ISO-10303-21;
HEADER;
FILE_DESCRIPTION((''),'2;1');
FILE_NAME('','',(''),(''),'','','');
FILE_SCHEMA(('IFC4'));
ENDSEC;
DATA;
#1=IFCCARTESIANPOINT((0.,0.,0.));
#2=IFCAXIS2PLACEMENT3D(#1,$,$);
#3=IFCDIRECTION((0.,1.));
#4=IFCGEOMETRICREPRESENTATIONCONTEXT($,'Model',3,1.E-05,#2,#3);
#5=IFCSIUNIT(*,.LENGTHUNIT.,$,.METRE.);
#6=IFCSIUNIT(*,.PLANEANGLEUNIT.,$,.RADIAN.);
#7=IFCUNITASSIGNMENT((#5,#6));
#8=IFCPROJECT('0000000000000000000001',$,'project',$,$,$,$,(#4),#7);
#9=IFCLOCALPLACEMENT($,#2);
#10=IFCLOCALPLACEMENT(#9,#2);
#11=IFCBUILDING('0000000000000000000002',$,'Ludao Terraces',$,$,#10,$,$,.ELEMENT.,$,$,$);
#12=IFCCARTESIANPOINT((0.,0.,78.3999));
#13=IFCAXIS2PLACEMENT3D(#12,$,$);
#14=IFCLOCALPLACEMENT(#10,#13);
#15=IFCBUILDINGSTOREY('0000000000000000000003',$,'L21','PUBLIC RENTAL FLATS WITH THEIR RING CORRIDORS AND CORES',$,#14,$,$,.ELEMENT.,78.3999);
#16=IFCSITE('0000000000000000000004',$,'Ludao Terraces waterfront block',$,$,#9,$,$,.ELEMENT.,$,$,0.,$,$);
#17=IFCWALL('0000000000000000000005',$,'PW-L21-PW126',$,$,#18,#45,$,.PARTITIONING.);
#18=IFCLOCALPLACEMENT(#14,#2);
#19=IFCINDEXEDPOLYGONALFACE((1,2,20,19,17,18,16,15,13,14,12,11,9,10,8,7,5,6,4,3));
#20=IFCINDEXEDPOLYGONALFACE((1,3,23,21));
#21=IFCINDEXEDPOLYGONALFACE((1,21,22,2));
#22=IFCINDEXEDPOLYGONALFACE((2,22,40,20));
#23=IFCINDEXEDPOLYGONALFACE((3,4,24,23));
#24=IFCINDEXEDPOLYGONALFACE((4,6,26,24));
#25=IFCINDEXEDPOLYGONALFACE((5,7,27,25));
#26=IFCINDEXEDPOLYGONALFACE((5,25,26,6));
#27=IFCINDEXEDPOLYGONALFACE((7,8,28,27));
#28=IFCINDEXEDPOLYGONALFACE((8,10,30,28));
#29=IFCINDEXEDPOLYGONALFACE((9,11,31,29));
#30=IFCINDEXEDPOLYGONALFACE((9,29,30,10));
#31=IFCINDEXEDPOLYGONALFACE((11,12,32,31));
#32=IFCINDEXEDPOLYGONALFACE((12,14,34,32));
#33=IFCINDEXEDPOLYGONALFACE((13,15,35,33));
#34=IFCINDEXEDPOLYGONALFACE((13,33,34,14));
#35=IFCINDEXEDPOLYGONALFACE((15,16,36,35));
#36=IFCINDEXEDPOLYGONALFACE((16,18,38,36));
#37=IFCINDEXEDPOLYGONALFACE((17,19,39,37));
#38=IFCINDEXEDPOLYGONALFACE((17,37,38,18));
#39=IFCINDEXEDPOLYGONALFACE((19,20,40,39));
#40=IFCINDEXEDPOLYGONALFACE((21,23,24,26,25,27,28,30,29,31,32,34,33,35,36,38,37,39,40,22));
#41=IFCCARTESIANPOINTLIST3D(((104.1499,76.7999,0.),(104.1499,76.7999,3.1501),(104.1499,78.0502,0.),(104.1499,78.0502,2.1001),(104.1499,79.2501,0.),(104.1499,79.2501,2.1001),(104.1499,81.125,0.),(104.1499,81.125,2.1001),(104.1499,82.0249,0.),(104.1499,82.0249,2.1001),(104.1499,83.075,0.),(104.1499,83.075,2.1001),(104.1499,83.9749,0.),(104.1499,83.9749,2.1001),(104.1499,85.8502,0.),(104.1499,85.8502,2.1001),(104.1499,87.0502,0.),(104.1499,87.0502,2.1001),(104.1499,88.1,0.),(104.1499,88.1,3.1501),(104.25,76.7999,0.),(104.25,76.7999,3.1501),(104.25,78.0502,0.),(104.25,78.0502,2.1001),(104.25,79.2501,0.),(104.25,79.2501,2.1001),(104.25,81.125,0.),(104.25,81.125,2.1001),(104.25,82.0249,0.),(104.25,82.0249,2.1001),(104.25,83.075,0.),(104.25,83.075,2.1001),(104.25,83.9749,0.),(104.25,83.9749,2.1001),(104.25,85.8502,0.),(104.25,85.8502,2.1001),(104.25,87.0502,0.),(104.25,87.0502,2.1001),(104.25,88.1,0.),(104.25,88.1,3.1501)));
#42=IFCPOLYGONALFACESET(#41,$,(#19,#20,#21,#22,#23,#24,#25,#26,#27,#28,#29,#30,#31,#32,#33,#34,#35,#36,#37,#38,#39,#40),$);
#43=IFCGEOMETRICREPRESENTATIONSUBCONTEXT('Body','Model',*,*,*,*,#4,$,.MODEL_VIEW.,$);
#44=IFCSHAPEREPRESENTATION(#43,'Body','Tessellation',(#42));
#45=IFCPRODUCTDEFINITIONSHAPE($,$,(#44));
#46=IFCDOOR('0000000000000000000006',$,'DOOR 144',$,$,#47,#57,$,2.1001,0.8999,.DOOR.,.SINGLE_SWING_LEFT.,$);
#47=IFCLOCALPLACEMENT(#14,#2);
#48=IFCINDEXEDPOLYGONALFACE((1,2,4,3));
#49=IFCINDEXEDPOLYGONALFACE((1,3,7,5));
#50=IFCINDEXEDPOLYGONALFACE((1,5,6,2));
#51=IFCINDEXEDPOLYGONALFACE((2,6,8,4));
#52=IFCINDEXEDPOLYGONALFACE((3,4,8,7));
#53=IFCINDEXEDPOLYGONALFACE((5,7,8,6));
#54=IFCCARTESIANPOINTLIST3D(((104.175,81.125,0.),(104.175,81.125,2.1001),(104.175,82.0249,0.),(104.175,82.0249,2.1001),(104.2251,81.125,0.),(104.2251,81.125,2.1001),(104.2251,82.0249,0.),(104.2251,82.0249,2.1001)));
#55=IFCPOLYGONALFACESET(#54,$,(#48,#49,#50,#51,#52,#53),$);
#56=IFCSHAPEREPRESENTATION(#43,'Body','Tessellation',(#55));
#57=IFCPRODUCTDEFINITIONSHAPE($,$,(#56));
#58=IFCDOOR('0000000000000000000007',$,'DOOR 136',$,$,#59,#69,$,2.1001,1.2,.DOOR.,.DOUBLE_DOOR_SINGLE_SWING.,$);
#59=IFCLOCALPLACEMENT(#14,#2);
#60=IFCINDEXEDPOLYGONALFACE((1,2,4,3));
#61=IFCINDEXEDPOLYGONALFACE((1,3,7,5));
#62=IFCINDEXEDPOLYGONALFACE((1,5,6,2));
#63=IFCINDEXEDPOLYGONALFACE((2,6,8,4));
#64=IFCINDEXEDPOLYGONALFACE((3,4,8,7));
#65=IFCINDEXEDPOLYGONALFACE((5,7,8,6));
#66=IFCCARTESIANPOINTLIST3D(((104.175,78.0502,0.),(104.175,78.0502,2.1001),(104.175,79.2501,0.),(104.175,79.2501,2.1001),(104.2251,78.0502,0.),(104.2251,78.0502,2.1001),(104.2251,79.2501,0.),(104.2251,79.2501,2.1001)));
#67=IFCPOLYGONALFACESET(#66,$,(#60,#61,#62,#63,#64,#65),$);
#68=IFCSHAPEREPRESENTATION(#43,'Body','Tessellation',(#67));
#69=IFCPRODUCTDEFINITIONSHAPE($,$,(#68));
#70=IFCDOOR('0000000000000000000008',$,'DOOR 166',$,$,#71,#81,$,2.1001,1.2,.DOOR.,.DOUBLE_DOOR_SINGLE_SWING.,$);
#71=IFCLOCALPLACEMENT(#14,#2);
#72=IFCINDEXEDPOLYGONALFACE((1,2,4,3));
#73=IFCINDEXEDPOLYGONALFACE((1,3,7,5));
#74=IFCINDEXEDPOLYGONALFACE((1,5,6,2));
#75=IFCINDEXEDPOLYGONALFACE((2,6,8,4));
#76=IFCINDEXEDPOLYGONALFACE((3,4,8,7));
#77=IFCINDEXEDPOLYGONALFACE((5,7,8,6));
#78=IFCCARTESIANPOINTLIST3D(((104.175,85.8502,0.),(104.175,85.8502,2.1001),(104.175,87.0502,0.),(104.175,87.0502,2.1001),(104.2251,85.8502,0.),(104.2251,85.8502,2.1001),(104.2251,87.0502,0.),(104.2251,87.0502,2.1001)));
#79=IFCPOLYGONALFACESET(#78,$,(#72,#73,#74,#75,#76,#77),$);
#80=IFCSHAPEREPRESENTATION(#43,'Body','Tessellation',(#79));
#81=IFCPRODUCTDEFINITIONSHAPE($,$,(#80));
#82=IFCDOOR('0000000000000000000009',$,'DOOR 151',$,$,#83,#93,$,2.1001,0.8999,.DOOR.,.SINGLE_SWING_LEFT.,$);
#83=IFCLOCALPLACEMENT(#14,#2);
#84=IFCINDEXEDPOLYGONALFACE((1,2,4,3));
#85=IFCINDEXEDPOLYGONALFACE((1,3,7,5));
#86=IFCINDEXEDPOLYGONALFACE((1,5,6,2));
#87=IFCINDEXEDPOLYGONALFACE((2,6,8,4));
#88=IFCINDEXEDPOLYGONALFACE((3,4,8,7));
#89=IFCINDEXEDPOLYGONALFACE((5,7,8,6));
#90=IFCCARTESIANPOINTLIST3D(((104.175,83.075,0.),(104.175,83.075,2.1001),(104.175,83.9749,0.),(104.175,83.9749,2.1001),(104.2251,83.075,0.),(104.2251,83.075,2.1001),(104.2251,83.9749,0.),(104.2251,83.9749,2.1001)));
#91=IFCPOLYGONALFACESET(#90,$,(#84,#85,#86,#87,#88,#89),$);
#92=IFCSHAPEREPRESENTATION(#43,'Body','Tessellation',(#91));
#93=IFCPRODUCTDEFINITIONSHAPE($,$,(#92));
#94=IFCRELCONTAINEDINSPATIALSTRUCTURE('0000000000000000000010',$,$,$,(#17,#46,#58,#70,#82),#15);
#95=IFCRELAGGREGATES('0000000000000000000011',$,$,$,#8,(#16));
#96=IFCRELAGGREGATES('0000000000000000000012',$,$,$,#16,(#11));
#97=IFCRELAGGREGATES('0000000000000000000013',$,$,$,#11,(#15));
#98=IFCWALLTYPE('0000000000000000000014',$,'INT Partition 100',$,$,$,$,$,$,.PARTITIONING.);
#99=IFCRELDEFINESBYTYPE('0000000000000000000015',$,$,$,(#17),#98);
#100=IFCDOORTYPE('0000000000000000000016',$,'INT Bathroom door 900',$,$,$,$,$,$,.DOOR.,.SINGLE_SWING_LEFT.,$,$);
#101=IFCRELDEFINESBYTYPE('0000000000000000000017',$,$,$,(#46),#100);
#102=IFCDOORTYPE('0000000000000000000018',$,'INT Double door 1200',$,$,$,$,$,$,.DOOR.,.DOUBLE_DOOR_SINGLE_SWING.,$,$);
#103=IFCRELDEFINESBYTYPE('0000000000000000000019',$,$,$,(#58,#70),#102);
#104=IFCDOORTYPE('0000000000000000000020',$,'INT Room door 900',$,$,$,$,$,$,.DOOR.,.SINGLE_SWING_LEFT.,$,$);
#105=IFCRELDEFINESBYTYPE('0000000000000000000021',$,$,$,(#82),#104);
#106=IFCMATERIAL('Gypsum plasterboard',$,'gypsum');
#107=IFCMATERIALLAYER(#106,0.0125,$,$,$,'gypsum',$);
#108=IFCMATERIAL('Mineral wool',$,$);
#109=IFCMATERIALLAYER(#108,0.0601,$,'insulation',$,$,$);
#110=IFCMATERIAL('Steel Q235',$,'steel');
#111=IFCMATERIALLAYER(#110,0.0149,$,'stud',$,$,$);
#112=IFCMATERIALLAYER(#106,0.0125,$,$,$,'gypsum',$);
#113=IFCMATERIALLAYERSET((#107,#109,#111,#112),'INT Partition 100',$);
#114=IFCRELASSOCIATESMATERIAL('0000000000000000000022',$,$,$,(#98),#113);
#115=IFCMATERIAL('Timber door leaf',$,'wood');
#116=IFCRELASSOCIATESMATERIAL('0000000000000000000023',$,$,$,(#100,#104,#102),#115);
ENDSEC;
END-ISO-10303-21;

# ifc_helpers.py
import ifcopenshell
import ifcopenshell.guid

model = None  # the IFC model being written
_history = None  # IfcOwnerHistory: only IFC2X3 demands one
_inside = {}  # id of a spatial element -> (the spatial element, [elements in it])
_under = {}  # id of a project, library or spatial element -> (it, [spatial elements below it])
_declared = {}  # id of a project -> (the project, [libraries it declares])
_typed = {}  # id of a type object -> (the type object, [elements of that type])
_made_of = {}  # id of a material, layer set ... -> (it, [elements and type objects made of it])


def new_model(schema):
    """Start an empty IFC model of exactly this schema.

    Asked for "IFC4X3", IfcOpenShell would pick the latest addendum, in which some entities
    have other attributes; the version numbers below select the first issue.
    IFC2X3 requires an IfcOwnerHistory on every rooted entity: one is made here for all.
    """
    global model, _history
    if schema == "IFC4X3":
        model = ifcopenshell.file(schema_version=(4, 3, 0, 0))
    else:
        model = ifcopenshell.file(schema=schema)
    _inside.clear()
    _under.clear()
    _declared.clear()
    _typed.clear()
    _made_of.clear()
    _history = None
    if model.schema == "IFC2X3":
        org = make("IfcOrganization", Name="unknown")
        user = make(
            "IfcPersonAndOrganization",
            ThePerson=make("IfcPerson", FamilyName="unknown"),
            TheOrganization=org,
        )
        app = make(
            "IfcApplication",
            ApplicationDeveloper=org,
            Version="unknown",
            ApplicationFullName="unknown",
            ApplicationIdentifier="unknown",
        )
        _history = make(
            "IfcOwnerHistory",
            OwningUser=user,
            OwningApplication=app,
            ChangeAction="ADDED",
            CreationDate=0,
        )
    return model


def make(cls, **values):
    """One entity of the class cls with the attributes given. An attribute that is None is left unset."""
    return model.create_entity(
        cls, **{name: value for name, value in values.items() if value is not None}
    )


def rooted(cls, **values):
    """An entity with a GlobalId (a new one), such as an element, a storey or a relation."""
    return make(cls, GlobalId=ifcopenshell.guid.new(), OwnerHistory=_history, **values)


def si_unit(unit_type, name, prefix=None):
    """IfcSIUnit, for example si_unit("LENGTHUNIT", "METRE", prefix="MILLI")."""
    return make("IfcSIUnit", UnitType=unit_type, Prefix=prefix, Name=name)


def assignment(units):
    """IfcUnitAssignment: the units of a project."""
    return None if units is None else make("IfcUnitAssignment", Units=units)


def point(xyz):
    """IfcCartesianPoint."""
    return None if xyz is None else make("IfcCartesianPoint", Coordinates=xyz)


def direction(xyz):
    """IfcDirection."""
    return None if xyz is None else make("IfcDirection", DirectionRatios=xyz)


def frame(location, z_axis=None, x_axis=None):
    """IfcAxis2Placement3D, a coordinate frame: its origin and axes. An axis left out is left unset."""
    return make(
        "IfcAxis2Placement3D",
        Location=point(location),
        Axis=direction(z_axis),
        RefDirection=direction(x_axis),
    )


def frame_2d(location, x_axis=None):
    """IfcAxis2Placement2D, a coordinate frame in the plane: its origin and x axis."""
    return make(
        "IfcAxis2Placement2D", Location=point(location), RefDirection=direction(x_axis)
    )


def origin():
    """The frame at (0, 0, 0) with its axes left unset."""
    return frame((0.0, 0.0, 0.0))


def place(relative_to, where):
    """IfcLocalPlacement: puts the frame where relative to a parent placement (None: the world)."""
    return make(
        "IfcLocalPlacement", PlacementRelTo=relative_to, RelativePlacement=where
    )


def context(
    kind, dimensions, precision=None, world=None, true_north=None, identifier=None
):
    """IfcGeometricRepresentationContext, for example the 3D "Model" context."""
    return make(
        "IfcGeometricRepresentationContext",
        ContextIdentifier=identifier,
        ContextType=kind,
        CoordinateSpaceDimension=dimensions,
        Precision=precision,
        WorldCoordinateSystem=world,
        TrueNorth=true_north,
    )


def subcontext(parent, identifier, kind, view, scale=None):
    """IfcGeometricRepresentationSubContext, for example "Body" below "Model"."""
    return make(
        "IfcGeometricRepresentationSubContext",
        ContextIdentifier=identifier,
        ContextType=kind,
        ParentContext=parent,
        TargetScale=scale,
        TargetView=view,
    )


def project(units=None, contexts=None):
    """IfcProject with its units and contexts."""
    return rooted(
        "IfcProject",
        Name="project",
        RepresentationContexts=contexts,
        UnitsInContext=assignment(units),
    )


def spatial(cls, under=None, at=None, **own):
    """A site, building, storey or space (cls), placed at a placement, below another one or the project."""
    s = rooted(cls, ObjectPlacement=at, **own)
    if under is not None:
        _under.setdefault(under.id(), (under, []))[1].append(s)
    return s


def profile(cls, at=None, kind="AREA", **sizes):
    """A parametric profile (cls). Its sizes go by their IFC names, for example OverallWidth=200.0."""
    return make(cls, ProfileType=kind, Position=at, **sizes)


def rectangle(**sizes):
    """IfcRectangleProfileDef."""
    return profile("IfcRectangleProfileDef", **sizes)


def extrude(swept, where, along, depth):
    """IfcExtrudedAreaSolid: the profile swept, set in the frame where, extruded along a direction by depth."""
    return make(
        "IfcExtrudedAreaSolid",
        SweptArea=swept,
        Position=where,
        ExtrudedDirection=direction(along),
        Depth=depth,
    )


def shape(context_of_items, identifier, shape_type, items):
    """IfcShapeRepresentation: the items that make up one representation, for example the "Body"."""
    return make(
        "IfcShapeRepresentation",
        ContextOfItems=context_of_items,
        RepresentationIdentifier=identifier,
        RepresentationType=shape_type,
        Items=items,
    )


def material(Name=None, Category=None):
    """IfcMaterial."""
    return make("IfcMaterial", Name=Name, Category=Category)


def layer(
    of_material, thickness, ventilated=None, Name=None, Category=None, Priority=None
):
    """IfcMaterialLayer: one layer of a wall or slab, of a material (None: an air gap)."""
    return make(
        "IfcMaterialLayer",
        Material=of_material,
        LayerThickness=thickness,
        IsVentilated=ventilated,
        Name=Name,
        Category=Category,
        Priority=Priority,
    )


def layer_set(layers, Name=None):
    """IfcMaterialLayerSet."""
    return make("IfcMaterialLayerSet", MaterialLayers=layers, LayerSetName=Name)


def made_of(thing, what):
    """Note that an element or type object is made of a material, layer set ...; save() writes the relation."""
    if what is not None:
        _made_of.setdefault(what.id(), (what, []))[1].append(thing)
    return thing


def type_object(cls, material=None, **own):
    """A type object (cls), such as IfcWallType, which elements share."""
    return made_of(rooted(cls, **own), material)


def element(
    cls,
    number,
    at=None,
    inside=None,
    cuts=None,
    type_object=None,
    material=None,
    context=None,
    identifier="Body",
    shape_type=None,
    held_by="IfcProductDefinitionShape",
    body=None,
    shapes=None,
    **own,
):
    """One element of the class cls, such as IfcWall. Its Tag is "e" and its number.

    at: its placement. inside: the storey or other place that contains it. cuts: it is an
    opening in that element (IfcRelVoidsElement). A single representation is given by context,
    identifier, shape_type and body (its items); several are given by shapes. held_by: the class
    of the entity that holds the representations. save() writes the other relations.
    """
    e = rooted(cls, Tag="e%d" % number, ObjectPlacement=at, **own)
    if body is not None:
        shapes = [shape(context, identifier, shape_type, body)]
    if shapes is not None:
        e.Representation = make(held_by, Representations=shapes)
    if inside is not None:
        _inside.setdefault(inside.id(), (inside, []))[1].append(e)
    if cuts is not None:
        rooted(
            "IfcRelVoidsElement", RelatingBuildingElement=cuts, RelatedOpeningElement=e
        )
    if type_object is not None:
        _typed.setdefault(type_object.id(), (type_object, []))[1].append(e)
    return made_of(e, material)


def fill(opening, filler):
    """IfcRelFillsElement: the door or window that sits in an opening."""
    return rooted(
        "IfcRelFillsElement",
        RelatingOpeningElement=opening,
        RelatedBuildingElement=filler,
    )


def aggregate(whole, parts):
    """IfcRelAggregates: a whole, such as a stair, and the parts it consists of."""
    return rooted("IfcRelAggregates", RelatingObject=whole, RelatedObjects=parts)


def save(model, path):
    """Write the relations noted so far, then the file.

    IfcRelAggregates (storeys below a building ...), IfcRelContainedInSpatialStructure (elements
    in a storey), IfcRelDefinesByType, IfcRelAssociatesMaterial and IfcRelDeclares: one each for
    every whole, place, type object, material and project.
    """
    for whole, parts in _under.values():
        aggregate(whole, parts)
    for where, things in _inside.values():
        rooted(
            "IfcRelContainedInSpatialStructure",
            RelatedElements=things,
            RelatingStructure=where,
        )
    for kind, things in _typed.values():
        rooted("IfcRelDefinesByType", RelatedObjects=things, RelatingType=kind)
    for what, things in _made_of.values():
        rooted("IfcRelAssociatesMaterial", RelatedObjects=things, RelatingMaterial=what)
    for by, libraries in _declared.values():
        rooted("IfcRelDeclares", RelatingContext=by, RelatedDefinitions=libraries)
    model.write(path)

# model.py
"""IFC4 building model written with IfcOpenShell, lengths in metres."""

from ifc_helpers import new_model, si_unit, direction, frame, frame_2d, origin, place, context, subcontext, project, spatial, rectangle, extrude, material, layer, layer_set, type_object, element, fill, save


model = new_model("IFC4")

# Units and contexts
model_context = context("Model", 3, precision=1e-05, world=origin(), true_north=direction((0.0, 1.0)))
body_context = subcontext(model_context, "Body", "Model", "MODEL_VIEW")
ifc_project = project(units=[si_unit("LENGTHUNIT", "METRE"), si_unit("PLANEANGLEUNIT", "RADIAN")], contexts=[model_context])

# Site, building, storey
site_placement = place(None, origin())
site = spatial("IfcSite", under=ifc_project, at=site_placement, Name="Ludao Terraces waterfront block", CompositionType="ELEMENT", RefElevation=0.0)
building_placement = place(site_placement, origin())
building = spatial("IfcBuilding", under=site, at=building_placement, Name="Ludao Terraces", CompositionType="ELEMENT")
storey_placement = place(building_placement, frame((0.0, 0.0, 78.3999)))
storey = spatial("IfcBuildingStorey", under=building, at=storey_placement, Name="L21", Description="PUBLIC RENTAL FLATS WITH THEIR RING CORRIDORS AND CORES", CompositionType="ELEMENT", Elevation=78.3999)

# Shared definitions
ifc_material_1 = material(Name="Mineral wool")

# Shared definitions
ifc_material_2 = material(Name="Gypsum plasterboard", Category="gypsum")
ifc_layer_1 = layer(ifc_material_2, 0.0125, Category="gypsum")
ifc_layer_2 = layer(ifc_material_1, 0.0601, Name="insulation")
ifc_material_3 = material(Name="Steel Q235", Category="steel")
ifc_layer_3 = layer(ifc_material_3, 0.0149, Name="stud")
ifc_layer_4 = layer(ifc_material_2, 0.0125, Category="gypsum")
ifc_layer_set_1 = layer_set([ifc_layer_1, ifc_layer_2, ifc_layer_3, ifc_layer_4], Name="INT Partition 100")
wall_type_1 = type_object("IfcWallType", Name="INT Partition 100", PredefinedType="PARTITIONING", material=ifc_layer_set_1)

# Wall, openings, doors
ifc_material_4 = material(Name="Timber door leaf", Category="wood")
door_type_1 = type_object("IfcDoorType", Name="INT Bathroom door 900", OperationType="SINGLE_SWING_LEFT", PredefinedType="DOOR", material=ifc_material_4)
door_type_2 = type_object("IfcDoorType", Name="INT Room door 900", OperationType="SINGLE_SWING_LEFT", PredefinedType="DOOR", material=ifc_material_4)
wall_1_placement = place(storey_placement, frame((104.2, 76.8, 0.0), z_axis=(0.0, 0.0, 1.0), x_axis=(0.0, 1.0, 0.0)))
wall_1 = element("IfcWall", 1, at=wall_1_placement, inside=storey, type_object=wall_type_1, Name="PW-L21-PW126", PredefinedType="PARTITIONING", context=body_context, shape_type="SweptSolid", body=[
    extrude(rectangle(XDim=11.3, YDim=0.1001, at=frame_2d((5.6499, 0.0))), origin(), (0.0, 0.0, 1.0), 3.1501),
])
opening_1_placement = place(wall_1_placement, frame((1.25, 0.0, 0.0)))
opening_1 = element("IfcOpeningElement", 2, at=opening_1_placement, cuts=wall_1, PredefinedType="OPENING", context=body_context, shape_type="SweptSolid", body=[
    extrude(rectangle(XDim=1.2, YDim=2.1001, at=frame_2d((0.6001, 1.05))), frame((0.0, 0.0601, 0.0), z_axis=(0.0, -1.0, 0.0), x_axis=(1.0, 0.0, 0.0)), (0.0, 0.0, 1.0), 0.1201),
])
opening_2_placement = place(wall_1_placement, frame((4.325, 0.0, 0.0)))
opening_2 = element("IfcOpeningElement", 3, at=opening_2_placement, cuts=wall_1, PredefinedType="OPENING", context=body_context, shape_type="SweptSolid", body=[
    extrude(rectangle(XDim=0.8999, YDim=2.1001, at=frame_2d((0.45, 1.05))), frame((0.0, 0.0601, 0.0), z_axis=(0.0, -1.0, 0.0), x_axis=(1.0, 0.0, 0.0)), (0.0, 0.0, 1.0), 0.1201),
])
opening_3_placement = place(wall_1_placement, frame((6.2749, 0.0, 0.0)))
opening_3 = element("IfcOpeningElement", 4, at=opening_3_placement, cuts=wall_1, PredefinedType="OPENING", context=body_context, shape_type="SweptSolid", body=[
    extrude(rectangle(XDim=0.8999, YDim=2.1001, at=frame_2d((0.45, 1.05))), frame((0.0, 0.0601, 0.0), z_axis=(0.0, -1.0, 0.0), x_axis=(1.0, 0.0, 0.0)), (0.0, 0.0, 1.0), 0.1201),
])
opening_4_placement = place(wall_1_placement, frame((9.05, 0.0, 0.0)))
opening_4 = element("IfcOpeningElement", 5, at=opening_4_placement, cuts=wall_1, PredefinedType="OPENING", context=body_context, shape_type="SweptSolid", body=[
    extrude(rectangle(XDim=1.2, YDim=2.1001, at=frame_2d((0.6001, 1.05))), frame((0.0, 0.0601, 0.0), z_axis=(0.0, -1.0, 0.0), x_axis=(1.0, 0.0, 0.0)), (0.0, 0.0, 1.0), 0.1201),
])
door_1_placement = place(opening_2_placement, origin())
door_1 = element("IfcDoor", 6, at=door_1_placement, inside=storey, type_object=door_type_1, Name="DOOR 144", OperationType="SINGLE_SWING_LEFT", OverallHeight=2.1001, OverallWidth=0.8999, PredefinedType="DOOR", context=body_context, shape_type="SweptSolid", body=[
    extrude(rectangle(XDim=0.8999, YDim=2.1001, at=frame_2d((0.45, 1.05))), frame((0.0, 0.0249, 0.0), z_axis=(0.0, -1.0, 0.0), x_axis=(1.0, 0.0, 0.0)), (0.0, 0.0, 1.0), 0.05),
])
fill(opening_2, door_1)
door_type_3 = type_object("IfcDoorType", Name="INT Double door 1200", OperationType="DOUBLE_DOOR_SINGLE_SWING", PredefinedType="DOOR", material=ifc_material_4)
door_2_placement = place(opening_1_placement, origin())
door_2 = element("IfcDoor", 7, at=door_2_placement, inside=storey, type_object=door_type_3, Name="DOOR 136", OperationType="DOUBLE_DOOR_SINGLE_SWING", OverallHeight=2.1001, OverallWidth=1.2, PredefinedType="DOOR", context=body_context, shape_type="SweptSolid", body=[
    extrude(rectangle(XDim=1.2, YDim=2.1001, at=frame_2d((0.6001, 1.05))), frame((0.0, 0.0249, 0.0), z_axis=(0.0, -1.0, 0.0), x_axis=(1.0, 0.0, 0.0)), (0.0, 0.0, 1.0), 0.05),
])
fill(opening_1, door_2)
door_3_placement = place(opening_4_placement, origin())
door_3 = element("IfcDoor", 8, at=door_3_placement, inside=storey, type_object=door_type_3, Name="DOOR 166", OperationType="DOUBLE_DOOR_SINGLE_SWING", OverallHeight=2.1001, OverallWidth=1.2, PredefinedType="DOOR", context=body_context, shape_type="SweptSolid", body=[
    extrude(rectangle(XDim=1.2, YDim=2.1001, at=frame_2d((0.6001, 1.05))), frame((0.0, 0.0249, 0.0), z_axis=(0.0, -1.0, 0.0), x_axis=(1.0, 0.0, 0.0)), (0.0, 0.0, 1.0), 0.05),
])
fill(opening_4, door_3)
door_4_placement = place(opening_3_placement, origin())
door_4 = element("IfcDoor", 9, at=door_4_placement, inside=storey, type_object=door_type_2, Name="DOOR 151", OperationType="SINGLE_SWING_LEFT", OverallHeight=2.1001, OverallWidth=0.8999, PredefinedType="DOOR", context=body_context, shape_type="SweptSolid", body=[
    extrude(rectangle(XDim=0.8999, YDim=2.1001, at=frame_2d((0.45, 1.05))), frame((0.0, 0.0249, 0.0), z_axis=(0.0, -1.0, 0.0), x_axis=(1.0, 0.0, 0.0)), (0.0, 0.0, 1.0), 0.05),
])
fill(opening_3, door_4)

save(model, "model.ifc")
